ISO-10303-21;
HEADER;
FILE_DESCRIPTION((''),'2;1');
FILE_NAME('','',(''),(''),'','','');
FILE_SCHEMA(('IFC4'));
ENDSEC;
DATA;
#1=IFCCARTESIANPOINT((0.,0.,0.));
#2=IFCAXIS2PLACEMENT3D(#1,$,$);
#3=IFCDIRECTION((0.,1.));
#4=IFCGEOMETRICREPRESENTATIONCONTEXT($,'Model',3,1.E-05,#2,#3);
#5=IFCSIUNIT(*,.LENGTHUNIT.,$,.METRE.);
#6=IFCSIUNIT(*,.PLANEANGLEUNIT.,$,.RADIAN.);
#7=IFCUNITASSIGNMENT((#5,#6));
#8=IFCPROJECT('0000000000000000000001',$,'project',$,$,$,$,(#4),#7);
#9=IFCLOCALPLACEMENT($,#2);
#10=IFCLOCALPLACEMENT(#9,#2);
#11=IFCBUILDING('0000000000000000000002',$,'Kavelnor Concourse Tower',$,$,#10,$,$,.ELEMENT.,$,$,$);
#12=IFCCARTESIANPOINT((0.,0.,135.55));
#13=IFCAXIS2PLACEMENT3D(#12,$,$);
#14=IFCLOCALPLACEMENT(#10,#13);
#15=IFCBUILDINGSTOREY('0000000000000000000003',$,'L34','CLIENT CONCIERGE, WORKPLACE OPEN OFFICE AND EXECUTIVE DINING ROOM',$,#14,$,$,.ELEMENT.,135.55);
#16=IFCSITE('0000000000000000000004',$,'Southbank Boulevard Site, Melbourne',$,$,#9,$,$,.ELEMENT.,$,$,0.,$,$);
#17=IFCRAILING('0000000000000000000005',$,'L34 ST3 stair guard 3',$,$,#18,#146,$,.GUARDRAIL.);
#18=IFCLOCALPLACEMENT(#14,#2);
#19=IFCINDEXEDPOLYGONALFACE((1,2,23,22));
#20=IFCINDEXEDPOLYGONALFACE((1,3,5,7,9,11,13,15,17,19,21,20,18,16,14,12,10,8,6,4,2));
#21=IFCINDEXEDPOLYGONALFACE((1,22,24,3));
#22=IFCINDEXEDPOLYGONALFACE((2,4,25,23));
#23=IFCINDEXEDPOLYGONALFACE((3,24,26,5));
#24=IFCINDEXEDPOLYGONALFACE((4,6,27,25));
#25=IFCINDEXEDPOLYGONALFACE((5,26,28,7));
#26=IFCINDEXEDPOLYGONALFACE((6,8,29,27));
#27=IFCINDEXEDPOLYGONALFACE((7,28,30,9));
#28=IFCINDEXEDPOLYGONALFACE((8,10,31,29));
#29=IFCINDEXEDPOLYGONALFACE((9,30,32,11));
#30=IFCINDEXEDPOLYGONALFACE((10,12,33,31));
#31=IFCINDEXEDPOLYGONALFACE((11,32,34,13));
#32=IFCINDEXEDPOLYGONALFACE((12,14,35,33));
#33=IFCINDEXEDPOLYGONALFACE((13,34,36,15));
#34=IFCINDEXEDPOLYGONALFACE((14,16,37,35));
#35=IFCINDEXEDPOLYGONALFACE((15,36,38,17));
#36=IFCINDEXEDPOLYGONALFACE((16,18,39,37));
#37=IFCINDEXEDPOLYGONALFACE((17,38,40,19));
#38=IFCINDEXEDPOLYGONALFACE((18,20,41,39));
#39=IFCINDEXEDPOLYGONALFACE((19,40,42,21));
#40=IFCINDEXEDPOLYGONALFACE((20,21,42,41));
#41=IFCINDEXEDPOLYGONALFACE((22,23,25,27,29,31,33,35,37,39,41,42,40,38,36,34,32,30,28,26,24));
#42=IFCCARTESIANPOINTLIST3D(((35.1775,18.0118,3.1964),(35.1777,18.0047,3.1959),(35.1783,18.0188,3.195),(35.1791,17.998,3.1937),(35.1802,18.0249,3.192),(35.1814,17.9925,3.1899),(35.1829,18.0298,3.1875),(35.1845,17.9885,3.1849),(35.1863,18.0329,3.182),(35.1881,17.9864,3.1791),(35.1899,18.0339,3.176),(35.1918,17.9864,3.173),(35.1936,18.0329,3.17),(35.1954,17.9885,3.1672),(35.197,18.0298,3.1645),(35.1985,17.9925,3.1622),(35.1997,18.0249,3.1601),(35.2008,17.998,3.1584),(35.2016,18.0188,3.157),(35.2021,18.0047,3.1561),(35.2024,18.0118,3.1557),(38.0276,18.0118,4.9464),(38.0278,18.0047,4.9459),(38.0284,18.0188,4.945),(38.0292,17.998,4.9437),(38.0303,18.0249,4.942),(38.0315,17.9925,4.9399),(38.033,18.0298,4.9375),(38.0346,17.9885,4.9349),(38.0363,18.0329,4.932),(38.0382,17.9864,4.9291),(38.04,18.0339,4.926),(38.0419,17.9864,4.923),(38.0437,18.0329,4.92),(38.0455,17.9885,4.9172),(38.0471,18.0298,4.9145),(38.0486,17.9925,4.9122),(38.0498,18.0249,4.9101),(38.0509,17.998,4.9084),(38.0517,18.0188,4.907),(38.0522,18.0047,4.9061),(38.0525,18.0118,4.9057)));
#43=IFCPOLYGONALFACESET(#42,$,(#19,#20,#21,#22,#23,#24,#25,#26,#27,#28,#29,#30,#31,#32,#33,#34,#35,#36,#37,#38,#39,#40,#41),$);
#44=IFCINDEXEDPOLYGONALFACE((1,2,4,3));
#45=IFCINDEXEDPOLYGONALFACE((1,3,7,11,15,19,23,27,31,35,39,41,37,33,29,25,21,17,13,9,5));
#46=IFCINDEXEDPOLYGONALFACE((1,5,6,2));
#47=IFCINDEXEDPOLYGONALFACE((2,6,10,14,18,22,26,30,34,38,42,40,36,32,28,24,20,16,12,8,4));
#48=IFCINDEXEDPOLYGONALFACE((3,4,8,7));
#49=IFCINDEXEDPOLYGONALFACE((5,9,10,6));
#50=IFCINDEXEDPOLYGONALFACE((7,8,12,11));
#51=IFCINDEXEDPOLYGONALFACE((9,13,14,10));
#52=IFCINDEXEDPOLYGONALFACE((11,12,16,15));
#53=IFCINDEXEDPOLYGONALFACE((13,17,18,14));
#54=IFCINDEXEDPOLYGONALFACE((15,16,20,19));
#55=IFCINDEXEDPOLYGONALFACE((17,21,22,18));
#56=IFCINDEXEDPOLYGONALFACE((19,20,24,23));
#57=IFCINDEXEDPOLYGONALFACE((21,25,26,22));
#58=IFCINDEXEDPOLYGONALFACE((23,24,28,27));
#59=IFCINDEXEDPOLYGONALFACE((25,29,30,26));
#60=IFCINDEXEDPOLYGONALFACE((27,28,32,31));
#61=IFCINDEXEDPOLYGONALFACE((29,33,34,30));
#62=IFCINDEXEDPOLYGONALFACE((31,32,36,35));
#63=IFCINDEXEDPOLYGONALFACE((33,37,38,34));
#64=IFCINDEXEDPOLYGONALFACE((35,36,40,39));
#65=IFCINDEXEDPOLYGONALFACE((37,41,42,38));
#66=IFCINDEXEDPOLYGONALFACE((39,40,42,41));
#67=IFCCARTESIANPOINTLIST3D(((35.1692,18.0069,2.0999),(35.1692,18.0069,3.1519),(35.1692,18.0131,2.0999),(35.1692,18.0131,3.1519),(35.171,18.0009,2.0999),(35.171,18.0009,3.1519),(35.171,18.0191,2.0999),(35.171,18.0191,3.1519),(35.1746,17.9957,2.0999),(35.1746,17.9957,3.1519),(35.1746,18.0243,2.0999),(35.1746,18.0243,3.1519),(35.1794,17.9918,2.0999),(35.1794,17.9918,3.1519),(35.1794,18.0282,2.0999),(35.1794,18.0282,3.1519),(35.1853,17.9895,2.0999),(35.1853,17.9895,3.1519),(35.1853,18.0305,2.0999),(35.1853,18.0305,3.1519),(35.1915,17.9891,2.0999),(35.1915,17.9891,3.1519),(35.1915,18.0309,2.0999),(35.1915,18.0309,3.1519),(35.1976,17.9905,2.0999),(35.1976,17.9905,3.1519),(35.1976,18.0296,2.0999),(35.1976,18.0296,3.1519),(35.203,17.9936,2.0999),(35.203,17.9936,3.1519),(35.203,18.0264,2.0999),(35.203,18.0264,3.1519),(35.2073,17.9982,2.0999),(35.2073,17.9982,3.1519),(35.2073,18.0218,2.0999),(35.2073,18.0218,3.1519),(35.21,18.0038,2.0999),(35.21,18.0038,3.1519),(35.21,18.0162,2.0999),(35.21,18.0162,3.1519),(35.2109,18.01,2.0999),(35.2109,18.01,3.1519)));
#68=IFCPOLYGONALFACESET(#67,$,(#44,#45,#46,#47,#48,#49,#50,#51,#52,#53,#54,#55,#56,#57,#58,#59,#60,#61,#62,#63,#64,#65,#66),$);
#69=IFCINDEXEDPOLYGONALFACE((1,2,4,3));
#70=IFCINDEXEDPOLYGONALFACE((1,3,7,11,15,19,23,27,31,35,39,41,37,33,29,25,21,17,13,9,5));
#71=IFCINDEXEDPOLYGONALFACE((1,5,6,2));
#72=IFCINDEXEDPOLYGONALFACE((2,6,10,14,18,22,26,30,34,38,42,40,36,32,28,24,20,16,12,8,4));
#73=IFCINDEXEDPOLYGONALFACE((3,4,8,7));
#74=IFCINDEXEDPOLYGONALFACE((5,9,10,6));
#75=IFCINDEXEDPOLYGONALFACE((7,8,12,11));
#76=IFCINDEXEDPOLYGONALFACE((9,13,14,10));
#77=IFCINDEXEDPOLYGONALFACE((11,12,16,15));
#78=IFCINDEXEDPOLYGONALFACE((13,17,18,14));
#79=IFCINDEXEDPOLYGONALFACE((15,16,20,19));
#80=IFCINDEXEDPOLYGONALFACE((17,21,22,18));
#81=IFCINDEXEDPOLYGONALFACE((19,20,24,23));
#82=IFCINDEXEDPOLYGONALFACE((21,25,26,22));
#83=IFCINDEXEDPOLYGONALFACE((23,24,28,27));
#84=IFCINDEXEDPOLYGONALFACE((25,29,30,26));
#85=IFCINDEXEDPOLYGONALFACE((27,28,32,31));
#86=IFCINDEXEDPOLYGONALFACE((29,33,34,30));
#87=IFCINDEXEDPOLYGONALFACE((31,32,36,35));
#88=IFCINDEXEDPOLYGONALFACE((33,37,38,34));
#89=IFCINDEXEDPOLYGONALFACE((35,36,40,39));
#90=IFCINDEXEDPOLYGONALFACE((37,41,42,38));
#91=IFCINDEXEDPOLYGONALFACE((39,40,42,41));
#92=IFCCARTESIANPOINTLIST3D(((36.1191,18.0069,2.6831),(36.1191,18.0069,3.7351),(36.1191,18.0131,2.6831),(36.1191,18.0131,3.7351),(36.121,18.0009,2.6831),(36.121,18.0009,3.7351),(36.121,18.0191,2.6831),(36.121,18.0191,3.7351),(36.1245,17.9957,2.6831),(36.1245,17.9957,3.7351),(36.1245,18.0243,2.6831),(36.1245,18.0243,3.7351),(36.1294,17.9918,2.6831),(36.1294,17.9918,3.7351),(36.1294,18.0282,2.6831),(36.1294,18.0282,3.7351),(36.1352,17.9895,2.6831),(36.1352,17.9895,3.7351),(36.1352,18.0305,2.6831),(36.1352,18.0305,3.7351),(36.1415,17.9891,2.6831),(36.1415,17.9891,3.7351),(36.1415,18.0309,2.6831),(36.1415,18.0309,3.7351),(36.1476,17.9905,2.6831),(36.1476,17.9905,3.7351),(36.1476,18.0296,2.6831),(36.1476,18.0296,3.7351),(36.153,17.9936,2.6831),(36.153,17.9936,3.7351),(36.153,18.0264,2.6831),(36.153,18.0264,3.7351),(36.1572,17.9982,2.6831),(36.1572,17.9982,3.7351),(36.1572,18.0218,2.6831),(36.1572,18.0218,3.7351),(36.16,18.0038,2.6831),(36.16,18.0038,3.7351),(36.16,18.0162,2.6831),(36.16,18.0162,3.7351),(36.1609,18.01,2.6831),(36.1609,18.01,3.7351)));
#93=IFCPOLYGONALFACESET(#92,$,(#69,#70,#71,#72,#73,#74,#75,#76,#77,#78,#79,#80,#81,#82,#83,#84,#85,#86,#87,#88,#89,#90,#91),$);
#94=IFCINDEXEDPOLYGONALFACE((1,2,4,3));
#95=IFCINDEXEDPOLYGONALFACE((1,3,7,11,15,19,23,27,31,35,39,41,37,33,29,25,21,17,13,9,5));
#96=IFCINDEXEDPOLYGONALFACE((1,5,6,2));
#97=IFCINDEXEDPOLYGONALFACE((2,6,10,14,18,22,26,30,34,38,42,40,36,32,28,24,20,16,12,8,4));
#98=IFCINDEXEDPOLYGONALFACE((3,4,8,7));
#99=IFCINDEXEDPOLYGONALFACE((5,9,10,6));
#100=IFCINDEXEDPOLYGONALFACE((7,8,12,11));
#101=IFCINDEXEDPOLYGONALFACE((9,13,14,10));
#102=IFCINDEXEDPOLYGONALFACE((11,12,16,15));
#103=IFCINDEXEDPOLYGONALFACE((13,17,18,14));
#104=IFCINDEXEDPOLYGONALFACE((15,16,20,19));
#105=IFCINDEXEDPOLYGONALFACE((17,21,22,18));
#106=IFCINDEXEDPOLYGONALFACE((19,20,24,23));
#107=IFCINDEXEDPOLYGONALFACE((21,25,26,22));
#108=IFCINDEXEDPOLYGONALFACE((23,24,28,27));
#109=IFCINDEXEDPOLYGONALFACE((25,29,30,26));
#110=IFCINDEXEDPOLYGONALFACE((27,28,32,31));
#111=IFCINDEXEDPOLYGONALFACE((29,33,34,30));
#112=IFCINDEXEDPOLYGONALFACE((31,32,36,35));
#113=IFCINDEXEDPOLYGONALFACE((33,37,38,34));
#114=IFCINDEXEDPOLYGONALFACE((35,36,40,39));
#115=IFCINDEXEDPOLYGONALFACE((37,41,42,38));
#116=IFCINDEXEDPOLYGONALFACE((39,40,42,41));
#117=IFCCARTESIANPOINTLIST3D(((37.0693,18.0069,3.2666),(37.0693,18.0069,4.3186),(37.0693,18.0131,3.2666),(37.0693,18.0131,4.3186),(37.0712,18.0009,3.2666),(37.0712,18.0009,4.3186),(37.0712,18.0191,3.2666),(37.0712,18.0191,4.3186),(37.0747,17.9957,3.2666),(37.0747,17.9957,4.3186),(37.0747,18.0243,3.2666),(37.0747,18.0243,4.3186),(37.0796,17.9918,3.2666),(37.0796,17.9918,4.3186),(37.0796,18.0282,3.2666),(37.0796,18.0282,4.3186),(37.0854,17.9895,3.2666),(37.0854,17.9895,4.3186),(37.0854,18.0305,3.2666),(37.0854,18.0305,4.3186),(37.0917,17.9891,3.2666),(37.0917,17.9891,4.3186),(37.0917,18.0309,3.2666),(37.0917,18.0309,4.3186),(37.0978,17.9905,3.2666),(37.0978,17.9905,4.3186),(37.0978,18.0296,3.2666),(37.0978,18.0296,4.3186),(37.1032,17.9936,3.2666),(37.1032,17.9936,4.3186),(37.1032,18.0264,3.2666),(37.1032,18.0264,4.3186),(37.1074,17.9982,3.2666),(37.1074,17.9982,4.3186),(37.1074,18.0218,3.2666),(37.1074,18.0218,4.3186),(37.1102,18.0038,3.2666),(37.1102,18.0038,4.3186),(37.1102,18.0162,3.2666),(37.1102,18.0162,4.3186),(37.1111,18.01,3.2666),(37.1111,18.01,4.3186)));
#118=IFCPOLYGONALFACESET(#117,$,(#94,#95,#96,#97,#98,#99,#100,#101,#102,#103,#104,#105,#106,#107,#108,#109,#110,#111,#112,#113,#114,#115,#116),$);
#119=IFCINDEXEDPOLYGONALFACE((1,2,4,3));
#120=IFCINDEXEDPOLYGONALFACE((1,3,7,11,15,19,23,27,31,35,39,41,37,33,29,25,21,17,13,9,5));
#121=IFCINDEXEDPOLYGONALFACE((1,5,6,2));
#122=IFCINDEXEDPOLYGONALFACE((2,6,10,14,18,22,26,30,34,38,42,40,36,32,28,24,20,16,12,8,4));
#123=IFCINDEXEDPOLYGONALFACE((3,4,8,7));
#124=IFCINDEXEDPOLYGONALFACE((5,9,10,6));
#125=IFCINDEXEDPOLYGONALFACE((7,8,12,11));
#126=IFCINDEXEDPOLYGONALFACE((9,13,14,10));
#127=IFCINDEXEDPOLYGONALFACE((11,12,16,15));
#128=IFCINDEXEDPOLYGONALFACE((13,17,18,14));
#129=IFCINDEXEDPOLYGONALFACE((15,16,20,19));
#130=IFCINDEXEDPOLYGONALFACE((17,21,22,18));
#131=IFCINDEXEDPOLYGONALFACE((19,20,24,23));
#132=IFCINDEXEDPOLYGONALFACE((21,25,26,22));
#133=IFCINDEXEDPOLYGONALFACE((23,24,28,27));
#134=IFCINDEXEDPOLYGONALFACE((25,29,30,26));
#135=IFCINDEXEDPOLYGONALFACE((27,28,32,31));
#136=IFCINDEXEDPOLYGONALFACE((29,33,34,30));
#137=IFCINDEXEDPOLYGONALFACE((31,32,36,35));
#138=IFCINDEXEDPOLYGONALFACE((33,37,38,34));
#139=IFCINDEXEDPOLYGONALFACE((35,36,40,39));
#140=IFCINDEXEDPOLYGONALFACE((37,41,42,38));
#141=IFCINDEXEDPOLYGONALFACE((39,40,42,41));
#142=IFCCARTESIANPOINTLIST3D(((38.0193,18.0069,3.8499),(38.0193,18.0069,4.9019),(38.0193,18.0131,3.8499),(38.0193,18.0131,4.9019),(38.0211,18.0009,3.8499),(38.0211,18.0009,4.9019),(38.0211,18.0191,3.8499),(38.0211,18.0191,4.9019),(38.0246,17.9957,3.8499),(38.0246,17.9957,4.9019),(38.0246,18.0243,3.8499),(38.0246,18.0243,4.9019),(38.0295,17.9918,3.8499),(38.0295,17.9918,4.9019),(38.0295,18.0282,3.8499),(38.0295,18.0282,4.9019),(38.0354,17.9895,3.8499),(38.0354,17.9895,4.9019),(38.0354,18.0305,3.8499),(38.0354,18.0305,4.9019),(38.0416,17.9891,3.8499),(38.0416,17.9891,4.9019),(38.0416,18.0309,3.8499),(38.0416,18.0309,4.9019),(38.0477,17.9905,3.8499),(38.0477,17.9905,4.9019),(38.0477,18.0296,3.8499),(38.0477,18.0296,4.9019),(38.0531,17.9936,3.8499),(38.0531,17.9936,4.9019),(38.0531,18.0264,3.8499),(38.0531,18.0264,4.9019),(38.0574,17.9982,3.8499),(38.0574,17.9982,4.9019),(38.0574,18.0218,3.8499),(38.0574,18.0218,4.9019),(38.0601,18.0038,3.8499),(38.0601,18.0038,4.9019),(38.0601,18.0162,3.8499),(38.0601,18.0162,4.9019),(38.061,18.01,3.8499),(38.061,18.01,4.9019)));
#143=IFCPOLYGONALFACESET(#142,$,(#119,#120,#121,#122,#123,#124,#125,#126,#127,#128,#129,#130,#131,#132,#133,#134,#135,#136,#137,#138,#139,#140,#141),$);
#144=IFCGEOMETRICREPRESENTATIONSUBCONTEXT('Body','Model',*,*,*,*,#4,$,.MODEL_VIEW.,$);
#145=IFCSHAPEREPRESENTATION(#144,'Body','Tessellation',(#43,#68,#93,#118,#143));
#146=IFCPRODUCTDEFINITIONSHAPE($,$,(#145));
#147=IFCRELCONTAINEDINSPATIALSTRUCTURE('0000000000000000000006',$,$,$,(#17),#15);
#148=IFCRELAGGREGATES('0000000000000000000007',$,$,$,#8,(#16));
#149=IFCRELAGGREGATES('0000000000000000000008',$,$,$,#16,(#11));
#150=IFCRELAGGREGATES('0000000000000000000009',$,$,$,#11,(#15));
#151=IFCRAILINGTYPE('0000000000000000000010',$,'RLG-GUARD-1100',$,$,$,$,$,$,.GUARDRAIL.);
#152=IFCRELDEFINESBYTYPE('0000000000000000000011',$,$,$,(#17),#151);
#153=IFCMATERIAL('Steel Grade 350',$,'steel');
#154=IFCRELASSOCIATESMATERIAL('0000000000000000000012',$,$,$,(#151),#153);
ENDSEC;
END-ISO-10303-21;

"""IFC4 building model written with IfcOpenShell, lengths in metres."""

from ifc_helpers import new_model, si_unit, direction, frame, origin, origin_2d, place, context, subcontext, project, spatial, circle, extrude, material, type_object, element, save


model = new_model("IFC4")

# Units and contexts
model_context = context("Model", 3, precision=1e-05, world=origin(), true_north=direction((0.0, 1.0)))
body_context = subcontext(model_context, "Body", "Model", "MODEL_VIEW")
ifc_project = project(units=[si_unit("LENGTHUNIT", "METRE"), si_unit("PLANEANGLEUNIT", "RADIAN")], contexts=[model_context])

# Site, building, storey
site_placement = place(None, origin())
site = spatial("IfcSite", under=ifc_project, at=site_placement, Name="Southbank Boulevard Site, Melbourne", CompositionType="ELEMENT", RefElevation=0.0)
building_placement = place(site_placement, origin())
building = spatial("IfcBuilding", under=site, at=building_placement, Name="Kavelnor Concourse Tower", CompositionType="ELEMENT")
storey_placement = place(building_placement, frame((0.0, 0.0, 135.55)))
storey = spatial("IfcBuildingStorey", under=building, at=storey_placement, Name="L34", Description="CLIENT CONCIERGE, WORKPLACE OPEN OFFICE AND EXECUTIVE DINING ROOM", CompositionType="ELEMENT", Elevation=135.55)

# Shared definitions
ifc_material_1 = material(Name="Steel Grade 350", Category="steel")

# Railing
railing_type_1 = type_object("IfcRailingType", Name="RLG-GUARD-1100", PredefinedType="GUARDRAIL", material=ifc_material_1)
railing_1_placement = place(storey_placement, frame((35.1899, 18.01, 2.0999)))
element("IfcRailing", 1, at=railing_1_placement, inside=storey, type_object=railing_type_1, Name="L34 ST3 stair guard 3", PredefinedType="GUARDRAIL", context=body_context, shape_type="SweptSolid", body=[
    extrude(circle(Radius=0.0239, at=origin_2d()), frame((0.0, 0.0, 1.0762), z_axis=(0.852179, 0.0, 0.52325), x_axis=(0.0, 1.0, 0.0)), (0.0, 0.0, 1.0), 3.3445),
    extrude(circle(Radius=0.021, at=origin_2d()), origin(), (0.0, 0.0, 1.0), 1.052),
    extrude(circle(Radius=0.021, at=origin_2d()), frame((0.95, 0.0, 0.5833)), (0.0, 0.0, 1.0), 1.052),
    extrude(circle(Radius=0.021, at=origin_2d()), frame((1.9001, 0.0, 1.1667)), (0.0, 0.0, 1.0), 1.052),
    extrude(circle(Radius=0.021, at=origin_2d()), frame((2.8501, 0.0, 1.75)), (0.0, 0.0, 1.0), 1.052),
])

save(model, "model.ifc")
